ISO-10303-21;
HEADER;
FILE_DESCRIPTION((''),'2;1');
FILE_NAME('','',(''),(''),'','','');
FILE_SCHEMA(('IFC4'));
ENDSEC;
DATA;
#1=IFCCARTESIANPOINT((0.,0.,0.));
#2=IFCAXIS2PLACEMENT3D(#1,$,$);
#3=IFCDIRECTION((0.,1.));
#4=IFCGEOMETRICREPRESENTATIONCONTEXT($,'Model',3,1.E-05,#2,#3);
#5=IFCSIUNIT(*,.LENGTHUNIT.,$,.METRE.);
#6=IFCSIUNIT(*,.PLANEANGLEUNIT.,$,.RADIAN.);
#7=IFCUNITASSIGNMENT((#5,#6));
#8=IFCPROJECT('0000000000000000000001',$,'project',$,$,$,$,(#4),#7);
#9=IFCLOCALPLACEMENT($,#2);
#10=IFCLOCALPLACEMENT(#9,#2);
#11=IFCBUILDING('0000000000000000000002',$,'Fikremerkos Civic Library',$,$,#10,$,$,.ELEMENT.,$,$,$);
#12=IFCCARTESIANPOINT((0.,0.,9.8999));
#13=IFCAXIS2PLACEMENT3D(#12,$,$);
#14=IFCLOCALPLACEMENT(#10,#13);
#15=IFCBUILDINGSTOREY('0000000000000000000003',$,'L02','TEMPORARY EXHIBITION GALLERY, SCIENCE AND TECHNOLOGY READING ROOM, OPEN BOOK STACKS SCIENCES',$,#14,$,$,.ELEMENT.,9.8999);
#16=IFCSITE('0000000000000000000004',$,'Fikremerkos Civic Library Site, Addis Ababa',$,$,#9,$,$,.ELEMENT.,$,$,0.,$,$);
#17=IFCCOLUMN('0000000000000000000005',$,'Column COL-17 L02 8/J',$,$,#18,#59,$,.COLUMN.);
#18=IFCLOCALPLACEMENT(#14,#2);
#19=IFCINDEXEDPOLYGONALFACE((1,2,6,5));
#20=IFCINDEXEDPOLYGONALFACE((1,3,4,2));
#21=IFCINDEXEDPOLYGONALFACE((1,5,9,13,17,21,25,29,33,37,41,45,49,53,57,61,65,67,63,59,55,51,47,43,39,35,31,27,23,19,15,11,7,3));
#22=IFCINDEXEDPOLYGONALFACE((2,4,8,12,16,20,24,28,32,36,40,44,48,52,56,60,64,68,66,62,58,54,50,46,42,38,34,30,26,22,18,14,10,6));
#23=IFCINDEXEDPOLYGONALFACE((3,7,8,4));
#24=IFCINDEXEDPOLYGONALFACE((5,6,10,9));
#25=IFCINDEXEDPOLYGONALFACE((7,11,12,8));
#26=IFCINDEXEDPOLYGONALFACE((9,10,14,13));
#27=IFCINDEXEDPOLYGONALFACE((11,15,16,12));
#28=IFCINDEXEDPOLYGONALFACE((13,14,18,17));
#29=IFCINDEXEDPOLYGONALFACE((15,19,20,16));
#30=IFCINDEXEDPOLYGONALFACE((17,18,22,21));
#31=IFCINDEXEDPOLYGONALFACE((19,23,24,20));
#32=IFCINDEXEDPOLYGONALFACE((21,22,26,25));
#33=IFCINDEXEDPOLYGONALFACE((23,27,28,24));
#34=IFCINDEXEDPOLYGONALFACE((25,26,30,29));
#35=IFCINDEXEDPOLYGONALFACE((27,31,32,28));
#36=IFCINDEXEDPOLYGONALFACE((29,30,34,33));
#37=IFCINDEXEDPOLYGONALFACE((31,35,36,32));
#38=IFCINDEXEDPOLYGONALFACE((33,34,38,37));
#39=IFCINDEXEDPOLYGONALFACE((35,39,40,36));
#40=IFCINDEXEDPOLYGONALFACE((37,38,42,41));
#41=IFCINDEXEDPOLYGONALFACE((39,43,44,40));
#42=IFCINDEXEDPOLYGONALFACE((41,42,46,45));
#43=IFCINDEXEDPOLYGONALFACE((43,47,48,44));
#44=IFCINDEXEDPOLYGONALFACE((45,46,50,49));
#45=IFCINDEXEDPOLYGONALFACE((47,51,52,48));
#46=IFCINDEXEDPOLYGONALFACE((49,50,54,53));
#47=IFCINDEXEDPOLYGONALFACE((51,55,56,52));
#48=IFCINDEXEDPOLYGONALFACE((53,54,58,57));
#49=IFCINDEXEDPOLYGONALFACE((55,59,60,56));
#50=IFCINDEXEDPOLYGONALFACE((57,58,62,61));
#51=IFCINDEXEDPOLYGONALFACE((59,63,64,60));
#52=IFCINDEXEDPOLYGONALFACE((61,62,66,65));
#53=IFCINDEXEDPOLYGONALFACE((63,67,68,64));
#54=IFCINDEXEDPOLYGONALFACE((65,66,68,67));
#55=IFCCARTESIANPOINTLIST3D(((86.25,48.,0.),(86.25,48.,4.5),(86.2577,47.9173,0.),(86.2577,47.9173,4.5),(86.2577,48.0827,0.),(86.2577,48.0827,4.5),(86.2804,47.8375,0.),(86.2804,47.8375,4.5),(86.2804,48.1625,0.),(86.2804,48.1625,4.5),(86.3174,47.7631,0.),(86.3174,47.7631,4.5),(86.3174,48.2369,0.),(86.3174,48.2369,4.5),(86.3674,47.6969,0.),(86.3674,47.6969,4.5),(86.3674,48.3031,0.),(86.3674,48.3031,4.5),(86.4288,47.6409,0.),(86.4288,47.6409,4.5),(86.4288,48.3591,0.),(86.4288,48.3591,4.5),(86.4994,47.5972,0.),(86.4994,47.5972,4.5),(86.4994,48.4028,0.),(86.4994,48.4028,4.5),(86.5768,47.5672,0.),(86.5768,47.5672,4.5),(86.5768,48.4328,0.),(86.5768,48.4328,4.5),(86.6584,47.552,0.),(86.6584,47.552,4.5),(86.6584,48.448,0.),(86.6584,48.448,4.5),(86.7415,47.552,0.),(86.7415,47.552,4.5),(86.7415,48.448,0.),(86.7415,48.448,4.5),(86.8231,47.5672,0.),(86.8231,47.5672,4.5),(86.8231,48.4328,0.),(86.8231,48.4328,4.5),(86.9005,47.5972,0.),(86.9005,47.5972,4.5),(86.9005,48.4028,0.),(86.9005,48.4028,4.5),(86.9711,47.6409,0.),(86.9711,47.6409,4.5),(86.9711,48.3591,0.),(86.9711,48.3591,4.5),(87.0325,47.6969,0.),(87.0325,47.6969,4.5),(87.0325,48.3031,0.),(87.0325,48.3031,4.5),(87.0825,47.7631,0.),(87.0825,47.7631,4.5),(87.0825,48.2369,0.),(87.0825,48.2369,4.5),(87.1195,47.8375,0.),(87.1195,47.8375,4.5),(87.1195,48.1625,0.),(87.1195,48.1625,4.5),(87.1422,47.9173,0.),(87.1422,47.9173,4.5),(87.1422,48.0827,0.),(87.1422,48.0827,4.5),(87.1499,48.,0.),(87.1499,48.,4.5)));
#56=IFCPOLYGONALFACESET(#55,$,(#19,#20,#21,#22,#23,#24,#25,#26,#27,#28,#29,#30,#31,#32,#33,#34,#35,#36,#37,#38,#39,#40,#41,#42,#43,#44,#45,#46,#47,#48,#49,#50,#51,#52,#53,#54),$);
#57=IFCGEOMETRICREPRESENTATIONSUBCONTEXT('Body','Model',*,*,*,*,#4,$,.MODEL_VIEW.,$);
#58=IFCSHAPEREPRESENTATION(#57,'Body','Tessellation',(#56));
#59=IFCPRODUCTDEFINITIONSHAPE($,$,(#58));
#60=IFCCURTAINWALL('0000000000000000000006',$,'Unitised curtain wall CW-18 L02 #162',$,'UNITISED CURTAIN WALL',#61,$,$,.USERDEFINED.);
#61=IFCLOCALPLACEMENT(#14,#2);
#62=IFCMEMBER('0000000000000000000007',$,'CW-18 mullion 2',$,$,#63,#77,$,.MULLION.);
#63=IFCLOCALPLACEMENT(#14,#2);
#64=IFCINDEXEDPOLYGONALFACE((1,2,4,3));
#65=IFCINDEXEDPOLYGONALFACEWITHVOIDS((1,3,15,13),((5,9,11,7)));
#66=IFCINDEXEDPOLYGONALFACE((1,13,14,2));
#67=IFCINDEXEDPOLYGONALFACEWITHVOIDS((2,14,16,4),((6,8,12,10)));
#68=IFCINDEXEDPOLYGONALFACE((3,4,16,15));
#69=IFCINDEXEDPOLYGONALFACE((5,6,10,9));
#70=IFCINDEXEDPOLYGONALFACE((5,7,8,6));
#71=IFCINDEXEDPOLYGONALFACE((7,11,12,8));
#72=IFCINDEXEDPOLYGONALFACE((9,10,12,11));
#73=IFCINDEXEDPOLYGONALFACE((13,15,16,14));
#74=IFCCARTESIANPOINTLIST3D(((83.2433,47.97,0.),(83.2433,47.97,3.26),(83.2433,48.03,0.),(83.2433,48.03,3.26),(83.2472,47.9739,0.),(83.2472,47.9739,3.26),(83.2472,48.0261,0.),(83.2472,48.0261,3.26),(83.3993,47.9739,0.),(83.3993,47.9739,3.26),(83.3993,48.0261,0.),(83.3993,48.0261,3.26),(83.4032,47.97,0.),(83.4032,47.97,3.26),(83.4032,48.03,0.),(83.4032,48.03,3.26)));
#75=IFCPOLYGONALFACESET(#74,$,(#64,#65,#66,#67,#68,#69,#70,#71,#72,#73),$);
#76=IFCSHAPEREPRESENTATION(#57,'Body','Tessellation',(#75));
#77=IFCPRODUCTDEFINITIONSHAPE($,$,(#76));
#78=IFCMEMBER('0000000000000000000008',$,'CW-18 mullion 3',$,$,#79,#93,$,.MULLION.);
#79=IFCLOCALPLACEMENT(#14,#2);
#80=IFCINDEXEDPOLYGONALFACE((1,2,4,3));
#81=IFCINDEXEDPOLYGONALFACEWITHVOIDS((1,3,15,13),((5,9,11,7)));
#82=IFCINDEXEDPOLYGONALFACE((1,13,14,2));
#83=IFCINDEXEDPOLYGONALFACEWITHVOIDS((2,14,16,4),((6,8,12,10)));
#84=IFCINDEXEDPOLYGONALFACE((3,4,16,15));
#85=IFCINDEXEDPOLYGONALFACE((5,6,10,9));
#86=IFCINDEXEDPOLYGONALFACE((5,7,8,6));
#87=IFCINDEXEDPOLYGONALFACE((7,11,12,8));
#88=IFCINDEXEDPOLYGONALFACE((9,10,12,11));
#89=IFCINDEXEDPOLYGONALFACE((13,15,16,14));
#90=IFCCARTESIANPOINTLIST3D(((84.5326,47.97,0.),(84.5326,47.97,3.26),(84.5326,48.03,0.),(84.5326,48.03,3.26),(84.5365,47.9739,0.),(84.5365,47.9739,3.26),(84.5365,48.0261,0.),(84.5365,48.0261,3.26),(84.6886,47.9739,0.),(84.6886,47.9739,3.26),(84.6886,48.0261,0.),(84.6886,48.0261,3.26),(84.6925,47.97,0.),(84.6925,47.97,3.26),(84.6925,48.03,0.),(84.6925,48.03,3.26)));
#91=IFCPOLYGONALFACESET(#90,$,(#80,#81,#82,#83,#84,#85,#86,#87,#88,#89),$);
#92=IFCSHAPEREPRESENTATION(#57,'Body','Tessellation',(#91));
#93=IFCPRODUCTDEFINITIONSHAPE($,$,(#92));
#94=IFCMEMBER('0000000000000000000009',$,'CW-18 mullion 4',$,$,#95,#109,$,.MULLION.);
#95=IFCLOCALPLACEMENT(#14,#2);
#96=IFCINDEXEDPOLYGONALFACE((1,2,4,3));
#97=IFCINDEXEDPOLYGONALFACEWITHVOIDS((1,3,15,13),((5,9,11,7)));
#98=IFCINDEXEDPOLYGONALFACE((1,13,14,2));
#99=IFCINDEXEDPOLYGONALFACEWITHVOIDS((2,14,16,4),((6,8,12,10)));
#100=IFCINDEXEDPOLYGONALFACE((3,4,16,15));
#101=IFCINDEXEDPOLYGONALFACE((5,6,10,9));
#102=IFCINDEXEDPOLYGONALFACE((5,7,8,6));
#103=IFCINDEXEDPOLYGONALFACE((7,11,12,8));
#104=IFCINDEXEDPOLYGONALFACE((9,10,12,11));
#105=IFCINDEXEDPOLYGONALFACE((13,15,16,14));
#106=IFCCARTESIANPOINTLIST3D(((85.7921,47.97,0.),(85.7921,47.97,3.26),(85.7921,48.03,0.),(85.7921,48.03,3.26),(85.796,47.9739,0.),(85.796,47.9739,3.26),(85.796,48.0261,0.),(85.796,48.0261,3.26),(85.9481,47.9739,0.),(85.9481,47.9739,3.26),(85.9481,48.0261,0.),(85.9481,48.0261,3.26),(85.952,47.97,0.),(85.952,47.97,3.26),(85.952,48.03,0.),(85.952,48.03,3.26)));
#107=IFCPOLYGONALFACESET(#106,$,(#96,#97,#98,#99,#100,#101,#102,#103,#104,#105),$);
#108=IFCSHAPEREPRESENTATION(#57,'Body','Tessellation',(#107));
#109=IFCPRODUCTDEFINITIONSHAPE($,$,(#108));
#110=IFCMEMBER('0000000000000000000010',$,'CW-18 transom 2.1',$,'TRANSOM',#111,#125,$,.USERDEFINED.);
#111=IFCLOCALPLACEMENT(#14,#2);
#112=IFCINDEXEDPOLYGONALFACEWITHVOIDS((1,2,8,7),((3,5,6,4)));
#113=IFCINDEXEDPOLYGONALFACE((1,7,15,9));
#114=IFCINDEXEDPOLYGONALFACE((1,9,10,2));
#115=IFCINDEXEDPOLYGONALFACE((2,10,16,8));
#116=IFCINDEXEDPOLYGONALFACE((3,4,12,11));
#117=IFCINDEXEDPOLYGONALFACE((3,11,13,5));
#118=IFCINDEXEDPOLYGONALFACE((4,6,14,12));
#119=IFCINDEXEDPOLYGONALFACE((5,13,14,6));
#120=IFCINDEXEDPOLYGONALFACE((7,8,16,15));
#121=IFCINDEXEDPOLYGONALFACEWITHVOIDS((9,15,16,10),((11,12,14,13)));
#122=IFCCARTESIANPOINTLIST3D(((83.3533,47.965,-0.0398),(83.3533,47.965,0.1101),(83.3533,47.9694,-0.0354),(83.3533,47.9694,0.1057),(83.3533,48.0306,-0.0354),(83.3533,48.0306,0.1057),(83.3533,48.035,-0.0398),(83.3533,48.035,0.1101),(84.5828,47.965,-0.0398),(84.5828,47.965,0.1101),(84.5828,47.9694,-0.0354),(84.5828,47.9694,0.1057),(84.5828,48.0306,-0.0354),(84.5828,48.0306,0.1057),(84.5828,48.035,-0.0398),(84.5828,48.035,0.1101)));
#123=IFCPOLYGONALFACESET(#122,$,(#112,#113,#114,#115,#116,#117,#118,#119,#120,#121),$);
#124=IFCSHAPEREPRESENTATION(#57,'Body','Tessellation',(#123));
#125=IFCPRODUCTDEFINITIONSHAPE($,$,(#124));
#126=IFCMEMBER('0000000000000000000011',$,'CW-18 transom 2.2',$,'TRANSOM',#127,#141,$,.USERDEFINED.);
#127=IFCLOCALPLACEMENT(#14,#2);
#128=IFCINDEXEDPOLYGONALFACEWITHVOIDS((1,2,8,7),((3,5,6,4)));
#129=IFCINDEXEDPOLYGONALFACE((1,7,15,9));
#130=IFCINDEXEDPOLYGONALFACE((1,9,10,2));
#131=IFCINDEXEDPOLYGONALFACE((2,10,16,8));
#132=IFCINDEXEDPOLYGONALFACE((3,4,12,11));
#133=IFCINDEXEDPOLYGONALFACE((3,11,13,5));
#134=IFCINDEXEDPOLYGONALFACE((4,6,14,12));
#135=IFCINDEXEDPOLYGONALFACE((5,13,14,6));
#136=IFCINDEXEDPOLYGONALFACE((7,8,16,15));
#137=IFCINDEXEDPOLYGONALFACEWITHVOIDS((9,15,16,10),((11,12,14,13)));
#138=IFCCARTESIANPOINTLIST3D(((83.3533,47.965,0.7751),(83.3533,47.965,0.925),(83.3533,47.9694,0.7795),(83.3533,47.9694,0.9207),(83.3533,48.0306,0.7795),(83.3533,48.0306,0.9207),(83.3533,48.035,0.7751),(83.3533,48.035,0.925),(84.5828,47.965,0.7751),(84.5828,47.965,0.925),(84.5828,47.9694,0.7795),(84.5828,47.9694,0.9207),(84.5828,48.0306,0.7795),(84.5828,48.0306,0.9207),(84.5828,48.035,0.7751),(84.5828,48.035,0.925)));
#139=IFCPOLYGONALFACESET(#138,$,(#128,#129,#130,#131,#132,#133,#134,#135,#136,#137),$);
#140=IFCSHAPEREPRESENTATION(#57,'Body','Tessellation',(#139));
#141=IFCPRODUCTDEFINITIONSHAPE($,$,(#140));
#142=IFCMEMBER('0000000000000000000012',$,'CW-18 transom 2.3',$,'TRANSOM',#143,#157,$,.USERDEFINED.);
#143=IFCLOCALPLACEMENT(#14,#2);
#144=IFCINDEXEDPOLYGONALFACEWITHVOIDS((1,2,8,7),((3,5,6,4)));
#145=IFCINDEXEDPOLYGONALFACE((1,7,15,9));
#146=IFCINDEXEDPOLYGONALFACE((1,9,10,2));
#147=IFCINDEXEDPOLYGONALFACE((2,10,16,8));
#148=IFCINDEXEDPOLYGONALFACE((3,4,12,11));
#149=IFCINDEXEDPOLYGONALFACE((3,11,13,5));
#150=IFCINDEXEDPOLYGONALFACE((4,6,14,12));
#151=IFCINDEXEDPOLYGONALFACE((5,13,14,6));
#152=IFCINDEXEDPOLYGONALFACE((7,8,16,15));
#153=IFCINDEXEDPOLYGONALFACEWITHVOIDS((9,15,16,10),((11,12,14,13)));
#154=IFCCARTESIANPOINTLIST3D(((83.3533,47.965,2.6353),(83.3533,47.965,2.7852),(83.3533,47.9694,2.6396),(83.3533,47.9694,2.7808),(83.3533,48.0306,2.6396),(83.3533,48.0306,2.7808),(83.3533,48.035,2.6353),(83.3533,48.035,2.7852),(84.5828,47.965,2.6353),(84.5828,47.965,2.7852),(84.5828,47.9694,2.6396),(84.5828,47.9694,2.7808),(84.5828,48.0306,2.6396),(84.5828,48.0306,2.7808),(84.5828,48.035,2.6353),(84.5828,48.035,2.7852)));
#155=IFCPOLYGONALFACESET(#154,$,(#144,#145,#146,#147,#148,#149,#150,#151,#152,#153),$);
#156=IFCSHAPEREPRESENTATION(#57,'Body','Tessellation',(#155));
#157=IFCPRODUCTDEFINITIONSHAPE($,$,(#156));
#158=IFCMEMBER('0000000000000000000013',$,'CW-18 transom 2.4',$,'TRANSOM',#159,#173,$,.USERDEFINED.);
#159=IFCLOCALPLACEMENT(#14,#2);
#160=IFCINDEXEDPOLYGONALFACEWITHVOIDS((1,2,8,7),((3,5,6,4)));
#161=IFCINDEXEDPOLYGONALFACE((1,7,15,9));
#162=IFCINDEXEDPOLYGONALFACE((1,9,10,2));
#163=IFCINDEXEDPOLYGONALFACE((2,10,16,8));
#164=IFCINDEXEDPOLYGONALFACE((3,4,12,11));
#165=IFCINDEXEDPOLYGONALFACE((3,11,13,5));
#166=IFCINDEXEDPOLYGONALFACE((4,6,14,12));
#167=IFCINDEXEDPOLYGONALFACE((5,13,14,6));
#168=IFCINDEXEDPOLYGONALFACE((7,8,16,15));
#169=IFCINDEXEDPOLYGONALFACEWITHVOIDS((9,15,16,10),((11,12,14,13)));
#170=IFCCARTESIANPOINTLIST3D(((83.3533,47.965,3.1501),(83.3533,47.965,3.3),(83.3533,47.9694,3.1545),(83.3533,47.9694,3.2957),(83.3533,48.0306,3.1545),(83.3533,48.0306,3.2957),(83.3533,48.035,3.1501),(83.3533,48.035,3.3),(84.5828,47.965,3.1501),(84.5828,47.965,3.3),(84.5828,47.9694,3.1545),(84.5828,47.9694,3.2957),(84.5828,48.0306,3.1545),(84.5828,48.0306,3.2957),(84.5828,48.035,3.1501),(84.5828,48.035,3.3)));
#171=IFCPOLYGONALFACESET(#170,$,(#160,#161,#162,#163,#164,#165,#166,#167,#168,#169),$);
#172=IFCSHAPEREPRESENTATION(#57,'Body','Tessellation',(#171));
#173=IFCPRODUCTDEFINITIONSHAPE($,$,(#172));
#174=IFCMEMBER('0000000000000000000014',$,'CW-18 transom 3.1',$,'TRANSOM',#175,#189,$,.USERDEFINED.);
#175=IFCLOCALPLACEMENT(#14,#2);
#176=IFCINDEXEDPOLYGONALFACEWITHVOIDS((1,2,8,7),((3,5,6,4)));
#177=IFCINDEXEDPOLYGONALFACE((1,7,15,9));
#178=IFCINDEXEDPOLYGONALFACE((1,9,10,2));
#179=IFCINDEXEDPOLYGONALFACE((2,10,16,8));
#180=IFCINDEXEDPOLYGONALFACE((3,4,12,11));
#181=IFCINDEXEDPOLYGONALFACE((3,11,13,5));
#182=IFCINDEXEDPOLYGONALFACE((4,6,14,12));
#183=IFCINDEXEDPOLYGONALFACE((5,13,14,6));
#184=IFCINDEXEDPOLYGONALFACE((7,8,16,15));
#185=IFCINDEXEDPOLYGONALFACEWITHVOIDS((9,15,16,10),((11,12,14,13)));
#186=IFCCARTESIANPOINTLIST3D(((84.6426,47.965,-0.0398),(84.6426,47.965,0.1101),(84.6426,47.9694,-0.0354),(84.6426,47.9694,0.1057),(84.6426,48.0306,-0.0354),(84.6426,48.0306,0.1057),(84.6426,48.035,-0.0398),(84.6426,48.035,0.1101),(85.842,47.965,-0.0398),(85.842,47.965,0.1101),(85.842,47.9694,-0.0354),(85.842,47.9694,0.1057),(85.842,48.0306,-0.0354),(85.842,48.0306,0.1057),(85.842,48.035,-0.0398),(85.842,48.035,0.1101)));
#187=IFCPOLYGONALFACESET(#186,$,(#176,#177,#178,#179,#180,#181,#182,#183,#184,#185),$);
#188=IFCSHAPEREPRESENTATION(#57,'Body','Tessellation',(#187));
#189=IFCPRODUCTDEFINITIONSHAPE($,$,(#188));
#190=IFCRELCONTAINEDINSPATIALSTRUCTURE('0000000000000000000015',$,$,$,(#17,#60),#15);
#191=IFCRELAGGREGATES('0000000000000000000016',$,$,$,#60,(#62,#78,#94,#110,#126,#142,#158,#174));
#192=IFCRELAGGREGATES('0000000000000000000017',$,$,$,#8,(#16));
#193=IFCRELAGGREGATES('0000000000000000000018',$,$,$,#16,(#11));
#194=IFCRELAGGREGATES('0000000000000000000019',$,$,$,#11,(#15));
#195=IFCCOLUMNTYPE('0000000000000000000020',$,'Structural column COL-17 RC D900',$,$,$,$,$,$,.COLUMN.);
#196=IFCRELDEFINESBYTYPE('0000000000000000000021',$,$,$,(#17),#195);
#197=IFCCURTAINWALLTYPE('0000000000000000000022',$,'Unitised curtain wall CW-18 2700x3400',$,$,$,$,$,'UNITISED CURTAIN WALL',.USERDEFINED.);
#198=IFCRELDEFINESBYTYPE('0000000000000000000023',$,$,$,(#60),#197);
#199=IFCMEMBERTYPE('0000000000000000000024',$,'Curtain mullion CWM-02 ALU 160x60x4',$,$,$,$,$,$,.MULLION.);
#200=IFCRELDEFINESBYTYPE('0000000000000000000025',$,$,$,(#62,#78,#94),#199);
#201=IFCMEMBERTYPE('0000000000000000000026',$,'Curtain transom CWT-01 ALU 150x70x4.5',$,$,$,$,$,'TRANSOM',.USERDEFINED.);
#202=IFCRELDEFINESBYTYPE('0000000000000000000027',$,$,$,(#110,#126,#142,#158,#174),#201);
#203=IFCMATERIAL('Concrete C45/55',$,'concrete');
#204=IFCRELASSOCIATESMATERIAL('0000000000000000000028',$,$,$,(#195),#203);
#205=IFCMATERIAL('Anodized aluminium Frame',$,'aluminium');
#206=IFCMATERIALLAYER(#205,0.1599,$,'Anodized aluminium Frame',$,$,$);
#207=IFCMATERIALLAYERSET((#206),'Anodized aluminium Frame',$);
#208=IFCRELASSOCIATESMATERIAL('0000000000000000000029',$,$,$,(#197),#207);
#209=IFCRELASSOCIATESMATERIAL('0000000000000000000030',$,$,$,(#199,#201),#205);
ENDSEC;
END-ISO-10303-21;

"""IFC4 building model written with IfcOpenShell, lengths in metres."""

from ifc_helpers import new_model, si_unit, direction, frame, origin, origin_2d, place, context, subcontext, project, spatial, hollow_rectangle, circle, extrude, material, layer, layer_set, material_profile, profile_set, type_object, element, aggregate, save


model = new_model("IFC4")

# Units and contexts
model_context = context("Model", 3, precision=1e-05, world=origin(), true_north=direction((0.0, 1.0)))
body_context = subcontext(model_context, "Body", "Model", "MODEL_VIEW")
ifc_project = project(units=[si_unit("LENGTHUNIT", "METRE"), si_unit("PLANEANGLEUNIT", "RADIAN")], contexts=[model_context])

# Site, building, storey
site_placement = place(None, origin())
site = spatial("IfcSite", under=ifc_project, at=site_placement, Name="Fikremerkos Civic Library Site, Addis Ababa", CompositionType="ELEMENT", RefElevation=0.0)
building_placement = place(site_placement, origin())
building = spatial("IfcBuilding", under=site, at=building_placement, Name="Fikremerkos Civic Library", CompositionType="ELEMENT")
storey_placement = place(building_placement, frame((0.0, 0.0, 9.8999)))
storey = spatial("IfcBuildingStorey", under=building, at=storey_placement, Name="L02", Description="TEMPORARY EXHIBITION GALLERY, SCIENCE AND TECHNOLOGY READING ROOM, OPEN BOOK STACKS SCIENCES", CompositionType="ELEMENT", Elevation=9.8999)

# Column
ifc_material_1 = material(Name="Concrete C45/55", Category="concrete")
ifc_material_profile_1 = material_profile(ifc_material_1, circle(Radius=0.45, at=origin_2d()), Name="RC D900")
ifc_profile_set_1 = profile_set([ifc_material_profile_1], Name="Concrete C45/55")
column_type = type_object("IfcColumnType", Name="Structural column COL-17 RC D900", PredefinedType="COLUMN", material=ifc_profile_set_1)
column_placement = place(storey_placement, frame((86.7, 48.0, 0.0), z_axis=(0.0, 0.0, 1.0), x_axis=(1.0, 0.0, 0.0)))
element("IfcColumn", 1, at=column_placement, inside=storey, type_object=column_type, Name="Column COL-17 L02 8/J", PredefinedType="COLUMN", context=body_context, shape_type="SweptSolid", body=[
    extrude(circle(Radius=0.45, at=origin_2d()), origin(), (0.0, 0.0, 1.0), 4.5),
])

# Curtain wall, members
ifc_material_2 = material(Name="Anodized aluminium Frame", Category="aluminium")
ifc_layer_1 = layer(ifc_material_2, 0.1599, Name="Anodized aluminium Frame")
ifc_layer_set_1 = layer_set([ifc_layer_1], Name="Anodized aluminium Frame")
curtain_wall_type = type_object("IfcCurtainWallType", Name="Unitised curtain wall CW-18 2700x3400", ElementType="UNITISED CURTAIN WALL", PredefinedType="USERDEFINED", material=ifc_layer_set_1)
curtain_wall_placement = place(storey_placement, origin())
curtain_wall = element("IfcCurtainWall", 2, at=curtain_wall_placement, inside=storey, type_object=curtain_wall_type, Name="Unitised curtain wall CW-18 L02 #162", ObjectType="UNITISED CURTAIN WALL", PredefinedType="USERDEFINED")
ifc_material_profile_2 = material_profile(ifc_material_2, hollow_rectangle(XDim=0.0601, YDim=0.1599, WallThickness=0.0039, at=origin_2d()), Name="ALU 160x60x4")
ifc_profile_set_2 = profile_set([ifc_material_profile_2], Name="Anodized aluminium Frame")
member_type_1 = type_object("IfcMemberType", Name="Curtain mullion CWM-02 ALU 160x60x4", PredefinedType="MULLION", material=ifc_profile_set_2)
member_1_placement = place(storey_placement, frame((83.3232, 48.0, 0.0), z_axis=(0.0, 0.0, 1.0), x_axis=(0.0, 1.0, 0.0)))
member_1 = element("IfcMember", 3, at=member_1_placement, type_object=member_type_1, Name="CW-18 mullion 2", PredefinedType="MULLION", context=body_context, shape_type="SweptSolid", body=[
    extrude(hollow_rectangle(XDim=0.0601, YDim=0.1599, WallThickness=0.0039, at=origin_2d()), origin(), (0.0, 0.0, 1.0), 3.26),
])
member_2_placement = place(storey_placement, frame((84.6125, 48.0, 0.0), z_axis=(0.0, 0.0, 1.0), x_axis=(0.0, 1.0, 0.0)))
member_2 = element("IfcMember", 4, at=member_2_placement, type_object=member_type_1, Name="CW-18 mullion 3", PredefinedType="MULLION", context=body_context, shape_type="SweptSolid", body=[
    extrude(hollow_rectangle(XDim=0.0601, YDim=0.1599, WallThickness=0.0039, at=origin_2d()), origin(), (0.0, 0.0, 1.0), 3.26),
])
member_3_placement = place(storey_placement, frame((85.8721, 48.0, 0.0), z_axis=(0.0, 0.0, 1.0), x_axis=(0.0, 1.0, 0.0)))
member_3 = element("IfcMember", 5, at=member_3_placement, type_object=member_type_1, Name="CW-18 mullion 4", PredefinedType="MULLION", context=body_context, shape_type="SweptSolid", body=[
    extrude(hollow_rectangle(XDim=0.0601, YDim=0.1599, WallThickness=0.0039, at=origin_2d()), origin(), (0.0, 0.0, 1.0), 3.26),
])
ifc_material_profile_3 = material_profile(ifc_material_2, hollow_rectangle(XDim=0.0701, YDim=0.1499, WallThickness=0.0044, at=origin_2d()), Name="ALU 150x70x4.5")
ifc_profile_set_3 = profile_set([ifc_material_profile_3], Name="Anodized aluminium Frame")
member_type_2 = type_object("IfcMemberType", Name="Curtain transom CWT-01 ALU 150x70x4.5", ElementType="TRANSOM", PredefinedType="USERDEFINED", material=ifc_profile_set_3)
member_4_placement = place(storey_placement, frame((83.3533, 48.0, 0.0352), z_axis=(1.0, 0.0, 0.0), x_axis=(0.0, 1.0, 0.0)))
member_4 = element("IfcMember", 6, at=member_4_placement, type_object=member_type_2, Name="CW-18 transom 2.1", ObjectType="TRANSOM", PredefinedType="USERDEFINED", context=body_context, shape_type="SweptSolid", body=[
    extrude(hollow_rectangle(XDim=0.0701, YDim=0.1499, WallThickness=0.0044, at=origin_2d()), origin(), (0.0, 0.0, 1.0), 1.2295),
])
member_5_placement = place(storey_placement, frame((83.3533, 48.0, 0.8501), z_axis=(1.0, 0.0, 0.0), x_axis=(0.0, 1.0, 0.0)))
member_5 = element("IfcMember", 7, at=member_5_placement, type_object=member_type_2, Name="CW-18 transom 2.2", ObjectType="TRANSOM", PredefinedType="USERDEFINED", context=body_context, shape_type="SweptSolid", body=[
    extrude(hollow_rectangle(XDim=0.0701, YDim=0.1499, WallThickness=0.0044, at=origin_2d()), origin(), (0.0, 0.0, 1.0), 1.2295),
])
member_6_placement = place(storey_placement, frame((83.3533, 48.0, 2.7102), z_axis=(1.0, 0.0, 0.0), x_axis=(0.0, 1.0, 0.0)))
member_6 = element("IfcMember", 8, at=member_6_placement, type_object=member_type_2, Name="CW-18 transom 2.3", ObjectType="TRANSOM", PredefinedType="USERDEFINED", context=body_context, shape_type="SweptSolid", body=[
    extrude(hollow_rectangle(XDim=0.0701, YDim=0.1499, WallThickness=0.0044, at=origin_2d()), origin(), (0.0, 0.0, 1.0), 1.2295),
])
member_7_placement = place(storey_placement, frame((83.3533, 48.0, 3.2251), z_axis=(1.0, 0.0, 0.0), x_axis=(0.0, 1.0, 0.0)))
member_7 = element("IfcMember", 9, at=member_7_placement, type_object=member_type_2, Name="CW-18 transom 2.4", ObjectType="TRANSOM", PredefinedType="USERDEFINED", context=body_context, shape_type="SweptSolid", body=[
    extrude(hollow_rectangle(XDim=0.0701, YDim=0.1499, WallThickness=0.0044, at=origin_2d()), origin(), (0.0, 0.0, 1.0), 1.2295),
])
member_8_placement = place(storey_placement, frame((84.6426, 48.0, 0.0352), z_axis=(1.0, 0.0, 0.0), x_axis=(0.0, 1.0, 0.0)))
member_8 = element("IfcMember", 10, at=member_8_placement, type_object=member_type_2, Name="CW-18 transom 3.1", ObjectType="TRANSOM", PredefinedType="USERDEFINED", context=body_context, shape_type="SweptSolid", body=[
    extrude(hollow_rectangle(XDim=0.0701, YDim=0.1499, WallThickness=0.0044, at=origin_2d()), origin(), (0.0, 0.0, 1.0), 1.1995),
])

aggregate(curtain_wall, [member_1, member_2, member_3, member_4, member_5, member_6, member_7, member_8])

save(model, "model.ifc")
